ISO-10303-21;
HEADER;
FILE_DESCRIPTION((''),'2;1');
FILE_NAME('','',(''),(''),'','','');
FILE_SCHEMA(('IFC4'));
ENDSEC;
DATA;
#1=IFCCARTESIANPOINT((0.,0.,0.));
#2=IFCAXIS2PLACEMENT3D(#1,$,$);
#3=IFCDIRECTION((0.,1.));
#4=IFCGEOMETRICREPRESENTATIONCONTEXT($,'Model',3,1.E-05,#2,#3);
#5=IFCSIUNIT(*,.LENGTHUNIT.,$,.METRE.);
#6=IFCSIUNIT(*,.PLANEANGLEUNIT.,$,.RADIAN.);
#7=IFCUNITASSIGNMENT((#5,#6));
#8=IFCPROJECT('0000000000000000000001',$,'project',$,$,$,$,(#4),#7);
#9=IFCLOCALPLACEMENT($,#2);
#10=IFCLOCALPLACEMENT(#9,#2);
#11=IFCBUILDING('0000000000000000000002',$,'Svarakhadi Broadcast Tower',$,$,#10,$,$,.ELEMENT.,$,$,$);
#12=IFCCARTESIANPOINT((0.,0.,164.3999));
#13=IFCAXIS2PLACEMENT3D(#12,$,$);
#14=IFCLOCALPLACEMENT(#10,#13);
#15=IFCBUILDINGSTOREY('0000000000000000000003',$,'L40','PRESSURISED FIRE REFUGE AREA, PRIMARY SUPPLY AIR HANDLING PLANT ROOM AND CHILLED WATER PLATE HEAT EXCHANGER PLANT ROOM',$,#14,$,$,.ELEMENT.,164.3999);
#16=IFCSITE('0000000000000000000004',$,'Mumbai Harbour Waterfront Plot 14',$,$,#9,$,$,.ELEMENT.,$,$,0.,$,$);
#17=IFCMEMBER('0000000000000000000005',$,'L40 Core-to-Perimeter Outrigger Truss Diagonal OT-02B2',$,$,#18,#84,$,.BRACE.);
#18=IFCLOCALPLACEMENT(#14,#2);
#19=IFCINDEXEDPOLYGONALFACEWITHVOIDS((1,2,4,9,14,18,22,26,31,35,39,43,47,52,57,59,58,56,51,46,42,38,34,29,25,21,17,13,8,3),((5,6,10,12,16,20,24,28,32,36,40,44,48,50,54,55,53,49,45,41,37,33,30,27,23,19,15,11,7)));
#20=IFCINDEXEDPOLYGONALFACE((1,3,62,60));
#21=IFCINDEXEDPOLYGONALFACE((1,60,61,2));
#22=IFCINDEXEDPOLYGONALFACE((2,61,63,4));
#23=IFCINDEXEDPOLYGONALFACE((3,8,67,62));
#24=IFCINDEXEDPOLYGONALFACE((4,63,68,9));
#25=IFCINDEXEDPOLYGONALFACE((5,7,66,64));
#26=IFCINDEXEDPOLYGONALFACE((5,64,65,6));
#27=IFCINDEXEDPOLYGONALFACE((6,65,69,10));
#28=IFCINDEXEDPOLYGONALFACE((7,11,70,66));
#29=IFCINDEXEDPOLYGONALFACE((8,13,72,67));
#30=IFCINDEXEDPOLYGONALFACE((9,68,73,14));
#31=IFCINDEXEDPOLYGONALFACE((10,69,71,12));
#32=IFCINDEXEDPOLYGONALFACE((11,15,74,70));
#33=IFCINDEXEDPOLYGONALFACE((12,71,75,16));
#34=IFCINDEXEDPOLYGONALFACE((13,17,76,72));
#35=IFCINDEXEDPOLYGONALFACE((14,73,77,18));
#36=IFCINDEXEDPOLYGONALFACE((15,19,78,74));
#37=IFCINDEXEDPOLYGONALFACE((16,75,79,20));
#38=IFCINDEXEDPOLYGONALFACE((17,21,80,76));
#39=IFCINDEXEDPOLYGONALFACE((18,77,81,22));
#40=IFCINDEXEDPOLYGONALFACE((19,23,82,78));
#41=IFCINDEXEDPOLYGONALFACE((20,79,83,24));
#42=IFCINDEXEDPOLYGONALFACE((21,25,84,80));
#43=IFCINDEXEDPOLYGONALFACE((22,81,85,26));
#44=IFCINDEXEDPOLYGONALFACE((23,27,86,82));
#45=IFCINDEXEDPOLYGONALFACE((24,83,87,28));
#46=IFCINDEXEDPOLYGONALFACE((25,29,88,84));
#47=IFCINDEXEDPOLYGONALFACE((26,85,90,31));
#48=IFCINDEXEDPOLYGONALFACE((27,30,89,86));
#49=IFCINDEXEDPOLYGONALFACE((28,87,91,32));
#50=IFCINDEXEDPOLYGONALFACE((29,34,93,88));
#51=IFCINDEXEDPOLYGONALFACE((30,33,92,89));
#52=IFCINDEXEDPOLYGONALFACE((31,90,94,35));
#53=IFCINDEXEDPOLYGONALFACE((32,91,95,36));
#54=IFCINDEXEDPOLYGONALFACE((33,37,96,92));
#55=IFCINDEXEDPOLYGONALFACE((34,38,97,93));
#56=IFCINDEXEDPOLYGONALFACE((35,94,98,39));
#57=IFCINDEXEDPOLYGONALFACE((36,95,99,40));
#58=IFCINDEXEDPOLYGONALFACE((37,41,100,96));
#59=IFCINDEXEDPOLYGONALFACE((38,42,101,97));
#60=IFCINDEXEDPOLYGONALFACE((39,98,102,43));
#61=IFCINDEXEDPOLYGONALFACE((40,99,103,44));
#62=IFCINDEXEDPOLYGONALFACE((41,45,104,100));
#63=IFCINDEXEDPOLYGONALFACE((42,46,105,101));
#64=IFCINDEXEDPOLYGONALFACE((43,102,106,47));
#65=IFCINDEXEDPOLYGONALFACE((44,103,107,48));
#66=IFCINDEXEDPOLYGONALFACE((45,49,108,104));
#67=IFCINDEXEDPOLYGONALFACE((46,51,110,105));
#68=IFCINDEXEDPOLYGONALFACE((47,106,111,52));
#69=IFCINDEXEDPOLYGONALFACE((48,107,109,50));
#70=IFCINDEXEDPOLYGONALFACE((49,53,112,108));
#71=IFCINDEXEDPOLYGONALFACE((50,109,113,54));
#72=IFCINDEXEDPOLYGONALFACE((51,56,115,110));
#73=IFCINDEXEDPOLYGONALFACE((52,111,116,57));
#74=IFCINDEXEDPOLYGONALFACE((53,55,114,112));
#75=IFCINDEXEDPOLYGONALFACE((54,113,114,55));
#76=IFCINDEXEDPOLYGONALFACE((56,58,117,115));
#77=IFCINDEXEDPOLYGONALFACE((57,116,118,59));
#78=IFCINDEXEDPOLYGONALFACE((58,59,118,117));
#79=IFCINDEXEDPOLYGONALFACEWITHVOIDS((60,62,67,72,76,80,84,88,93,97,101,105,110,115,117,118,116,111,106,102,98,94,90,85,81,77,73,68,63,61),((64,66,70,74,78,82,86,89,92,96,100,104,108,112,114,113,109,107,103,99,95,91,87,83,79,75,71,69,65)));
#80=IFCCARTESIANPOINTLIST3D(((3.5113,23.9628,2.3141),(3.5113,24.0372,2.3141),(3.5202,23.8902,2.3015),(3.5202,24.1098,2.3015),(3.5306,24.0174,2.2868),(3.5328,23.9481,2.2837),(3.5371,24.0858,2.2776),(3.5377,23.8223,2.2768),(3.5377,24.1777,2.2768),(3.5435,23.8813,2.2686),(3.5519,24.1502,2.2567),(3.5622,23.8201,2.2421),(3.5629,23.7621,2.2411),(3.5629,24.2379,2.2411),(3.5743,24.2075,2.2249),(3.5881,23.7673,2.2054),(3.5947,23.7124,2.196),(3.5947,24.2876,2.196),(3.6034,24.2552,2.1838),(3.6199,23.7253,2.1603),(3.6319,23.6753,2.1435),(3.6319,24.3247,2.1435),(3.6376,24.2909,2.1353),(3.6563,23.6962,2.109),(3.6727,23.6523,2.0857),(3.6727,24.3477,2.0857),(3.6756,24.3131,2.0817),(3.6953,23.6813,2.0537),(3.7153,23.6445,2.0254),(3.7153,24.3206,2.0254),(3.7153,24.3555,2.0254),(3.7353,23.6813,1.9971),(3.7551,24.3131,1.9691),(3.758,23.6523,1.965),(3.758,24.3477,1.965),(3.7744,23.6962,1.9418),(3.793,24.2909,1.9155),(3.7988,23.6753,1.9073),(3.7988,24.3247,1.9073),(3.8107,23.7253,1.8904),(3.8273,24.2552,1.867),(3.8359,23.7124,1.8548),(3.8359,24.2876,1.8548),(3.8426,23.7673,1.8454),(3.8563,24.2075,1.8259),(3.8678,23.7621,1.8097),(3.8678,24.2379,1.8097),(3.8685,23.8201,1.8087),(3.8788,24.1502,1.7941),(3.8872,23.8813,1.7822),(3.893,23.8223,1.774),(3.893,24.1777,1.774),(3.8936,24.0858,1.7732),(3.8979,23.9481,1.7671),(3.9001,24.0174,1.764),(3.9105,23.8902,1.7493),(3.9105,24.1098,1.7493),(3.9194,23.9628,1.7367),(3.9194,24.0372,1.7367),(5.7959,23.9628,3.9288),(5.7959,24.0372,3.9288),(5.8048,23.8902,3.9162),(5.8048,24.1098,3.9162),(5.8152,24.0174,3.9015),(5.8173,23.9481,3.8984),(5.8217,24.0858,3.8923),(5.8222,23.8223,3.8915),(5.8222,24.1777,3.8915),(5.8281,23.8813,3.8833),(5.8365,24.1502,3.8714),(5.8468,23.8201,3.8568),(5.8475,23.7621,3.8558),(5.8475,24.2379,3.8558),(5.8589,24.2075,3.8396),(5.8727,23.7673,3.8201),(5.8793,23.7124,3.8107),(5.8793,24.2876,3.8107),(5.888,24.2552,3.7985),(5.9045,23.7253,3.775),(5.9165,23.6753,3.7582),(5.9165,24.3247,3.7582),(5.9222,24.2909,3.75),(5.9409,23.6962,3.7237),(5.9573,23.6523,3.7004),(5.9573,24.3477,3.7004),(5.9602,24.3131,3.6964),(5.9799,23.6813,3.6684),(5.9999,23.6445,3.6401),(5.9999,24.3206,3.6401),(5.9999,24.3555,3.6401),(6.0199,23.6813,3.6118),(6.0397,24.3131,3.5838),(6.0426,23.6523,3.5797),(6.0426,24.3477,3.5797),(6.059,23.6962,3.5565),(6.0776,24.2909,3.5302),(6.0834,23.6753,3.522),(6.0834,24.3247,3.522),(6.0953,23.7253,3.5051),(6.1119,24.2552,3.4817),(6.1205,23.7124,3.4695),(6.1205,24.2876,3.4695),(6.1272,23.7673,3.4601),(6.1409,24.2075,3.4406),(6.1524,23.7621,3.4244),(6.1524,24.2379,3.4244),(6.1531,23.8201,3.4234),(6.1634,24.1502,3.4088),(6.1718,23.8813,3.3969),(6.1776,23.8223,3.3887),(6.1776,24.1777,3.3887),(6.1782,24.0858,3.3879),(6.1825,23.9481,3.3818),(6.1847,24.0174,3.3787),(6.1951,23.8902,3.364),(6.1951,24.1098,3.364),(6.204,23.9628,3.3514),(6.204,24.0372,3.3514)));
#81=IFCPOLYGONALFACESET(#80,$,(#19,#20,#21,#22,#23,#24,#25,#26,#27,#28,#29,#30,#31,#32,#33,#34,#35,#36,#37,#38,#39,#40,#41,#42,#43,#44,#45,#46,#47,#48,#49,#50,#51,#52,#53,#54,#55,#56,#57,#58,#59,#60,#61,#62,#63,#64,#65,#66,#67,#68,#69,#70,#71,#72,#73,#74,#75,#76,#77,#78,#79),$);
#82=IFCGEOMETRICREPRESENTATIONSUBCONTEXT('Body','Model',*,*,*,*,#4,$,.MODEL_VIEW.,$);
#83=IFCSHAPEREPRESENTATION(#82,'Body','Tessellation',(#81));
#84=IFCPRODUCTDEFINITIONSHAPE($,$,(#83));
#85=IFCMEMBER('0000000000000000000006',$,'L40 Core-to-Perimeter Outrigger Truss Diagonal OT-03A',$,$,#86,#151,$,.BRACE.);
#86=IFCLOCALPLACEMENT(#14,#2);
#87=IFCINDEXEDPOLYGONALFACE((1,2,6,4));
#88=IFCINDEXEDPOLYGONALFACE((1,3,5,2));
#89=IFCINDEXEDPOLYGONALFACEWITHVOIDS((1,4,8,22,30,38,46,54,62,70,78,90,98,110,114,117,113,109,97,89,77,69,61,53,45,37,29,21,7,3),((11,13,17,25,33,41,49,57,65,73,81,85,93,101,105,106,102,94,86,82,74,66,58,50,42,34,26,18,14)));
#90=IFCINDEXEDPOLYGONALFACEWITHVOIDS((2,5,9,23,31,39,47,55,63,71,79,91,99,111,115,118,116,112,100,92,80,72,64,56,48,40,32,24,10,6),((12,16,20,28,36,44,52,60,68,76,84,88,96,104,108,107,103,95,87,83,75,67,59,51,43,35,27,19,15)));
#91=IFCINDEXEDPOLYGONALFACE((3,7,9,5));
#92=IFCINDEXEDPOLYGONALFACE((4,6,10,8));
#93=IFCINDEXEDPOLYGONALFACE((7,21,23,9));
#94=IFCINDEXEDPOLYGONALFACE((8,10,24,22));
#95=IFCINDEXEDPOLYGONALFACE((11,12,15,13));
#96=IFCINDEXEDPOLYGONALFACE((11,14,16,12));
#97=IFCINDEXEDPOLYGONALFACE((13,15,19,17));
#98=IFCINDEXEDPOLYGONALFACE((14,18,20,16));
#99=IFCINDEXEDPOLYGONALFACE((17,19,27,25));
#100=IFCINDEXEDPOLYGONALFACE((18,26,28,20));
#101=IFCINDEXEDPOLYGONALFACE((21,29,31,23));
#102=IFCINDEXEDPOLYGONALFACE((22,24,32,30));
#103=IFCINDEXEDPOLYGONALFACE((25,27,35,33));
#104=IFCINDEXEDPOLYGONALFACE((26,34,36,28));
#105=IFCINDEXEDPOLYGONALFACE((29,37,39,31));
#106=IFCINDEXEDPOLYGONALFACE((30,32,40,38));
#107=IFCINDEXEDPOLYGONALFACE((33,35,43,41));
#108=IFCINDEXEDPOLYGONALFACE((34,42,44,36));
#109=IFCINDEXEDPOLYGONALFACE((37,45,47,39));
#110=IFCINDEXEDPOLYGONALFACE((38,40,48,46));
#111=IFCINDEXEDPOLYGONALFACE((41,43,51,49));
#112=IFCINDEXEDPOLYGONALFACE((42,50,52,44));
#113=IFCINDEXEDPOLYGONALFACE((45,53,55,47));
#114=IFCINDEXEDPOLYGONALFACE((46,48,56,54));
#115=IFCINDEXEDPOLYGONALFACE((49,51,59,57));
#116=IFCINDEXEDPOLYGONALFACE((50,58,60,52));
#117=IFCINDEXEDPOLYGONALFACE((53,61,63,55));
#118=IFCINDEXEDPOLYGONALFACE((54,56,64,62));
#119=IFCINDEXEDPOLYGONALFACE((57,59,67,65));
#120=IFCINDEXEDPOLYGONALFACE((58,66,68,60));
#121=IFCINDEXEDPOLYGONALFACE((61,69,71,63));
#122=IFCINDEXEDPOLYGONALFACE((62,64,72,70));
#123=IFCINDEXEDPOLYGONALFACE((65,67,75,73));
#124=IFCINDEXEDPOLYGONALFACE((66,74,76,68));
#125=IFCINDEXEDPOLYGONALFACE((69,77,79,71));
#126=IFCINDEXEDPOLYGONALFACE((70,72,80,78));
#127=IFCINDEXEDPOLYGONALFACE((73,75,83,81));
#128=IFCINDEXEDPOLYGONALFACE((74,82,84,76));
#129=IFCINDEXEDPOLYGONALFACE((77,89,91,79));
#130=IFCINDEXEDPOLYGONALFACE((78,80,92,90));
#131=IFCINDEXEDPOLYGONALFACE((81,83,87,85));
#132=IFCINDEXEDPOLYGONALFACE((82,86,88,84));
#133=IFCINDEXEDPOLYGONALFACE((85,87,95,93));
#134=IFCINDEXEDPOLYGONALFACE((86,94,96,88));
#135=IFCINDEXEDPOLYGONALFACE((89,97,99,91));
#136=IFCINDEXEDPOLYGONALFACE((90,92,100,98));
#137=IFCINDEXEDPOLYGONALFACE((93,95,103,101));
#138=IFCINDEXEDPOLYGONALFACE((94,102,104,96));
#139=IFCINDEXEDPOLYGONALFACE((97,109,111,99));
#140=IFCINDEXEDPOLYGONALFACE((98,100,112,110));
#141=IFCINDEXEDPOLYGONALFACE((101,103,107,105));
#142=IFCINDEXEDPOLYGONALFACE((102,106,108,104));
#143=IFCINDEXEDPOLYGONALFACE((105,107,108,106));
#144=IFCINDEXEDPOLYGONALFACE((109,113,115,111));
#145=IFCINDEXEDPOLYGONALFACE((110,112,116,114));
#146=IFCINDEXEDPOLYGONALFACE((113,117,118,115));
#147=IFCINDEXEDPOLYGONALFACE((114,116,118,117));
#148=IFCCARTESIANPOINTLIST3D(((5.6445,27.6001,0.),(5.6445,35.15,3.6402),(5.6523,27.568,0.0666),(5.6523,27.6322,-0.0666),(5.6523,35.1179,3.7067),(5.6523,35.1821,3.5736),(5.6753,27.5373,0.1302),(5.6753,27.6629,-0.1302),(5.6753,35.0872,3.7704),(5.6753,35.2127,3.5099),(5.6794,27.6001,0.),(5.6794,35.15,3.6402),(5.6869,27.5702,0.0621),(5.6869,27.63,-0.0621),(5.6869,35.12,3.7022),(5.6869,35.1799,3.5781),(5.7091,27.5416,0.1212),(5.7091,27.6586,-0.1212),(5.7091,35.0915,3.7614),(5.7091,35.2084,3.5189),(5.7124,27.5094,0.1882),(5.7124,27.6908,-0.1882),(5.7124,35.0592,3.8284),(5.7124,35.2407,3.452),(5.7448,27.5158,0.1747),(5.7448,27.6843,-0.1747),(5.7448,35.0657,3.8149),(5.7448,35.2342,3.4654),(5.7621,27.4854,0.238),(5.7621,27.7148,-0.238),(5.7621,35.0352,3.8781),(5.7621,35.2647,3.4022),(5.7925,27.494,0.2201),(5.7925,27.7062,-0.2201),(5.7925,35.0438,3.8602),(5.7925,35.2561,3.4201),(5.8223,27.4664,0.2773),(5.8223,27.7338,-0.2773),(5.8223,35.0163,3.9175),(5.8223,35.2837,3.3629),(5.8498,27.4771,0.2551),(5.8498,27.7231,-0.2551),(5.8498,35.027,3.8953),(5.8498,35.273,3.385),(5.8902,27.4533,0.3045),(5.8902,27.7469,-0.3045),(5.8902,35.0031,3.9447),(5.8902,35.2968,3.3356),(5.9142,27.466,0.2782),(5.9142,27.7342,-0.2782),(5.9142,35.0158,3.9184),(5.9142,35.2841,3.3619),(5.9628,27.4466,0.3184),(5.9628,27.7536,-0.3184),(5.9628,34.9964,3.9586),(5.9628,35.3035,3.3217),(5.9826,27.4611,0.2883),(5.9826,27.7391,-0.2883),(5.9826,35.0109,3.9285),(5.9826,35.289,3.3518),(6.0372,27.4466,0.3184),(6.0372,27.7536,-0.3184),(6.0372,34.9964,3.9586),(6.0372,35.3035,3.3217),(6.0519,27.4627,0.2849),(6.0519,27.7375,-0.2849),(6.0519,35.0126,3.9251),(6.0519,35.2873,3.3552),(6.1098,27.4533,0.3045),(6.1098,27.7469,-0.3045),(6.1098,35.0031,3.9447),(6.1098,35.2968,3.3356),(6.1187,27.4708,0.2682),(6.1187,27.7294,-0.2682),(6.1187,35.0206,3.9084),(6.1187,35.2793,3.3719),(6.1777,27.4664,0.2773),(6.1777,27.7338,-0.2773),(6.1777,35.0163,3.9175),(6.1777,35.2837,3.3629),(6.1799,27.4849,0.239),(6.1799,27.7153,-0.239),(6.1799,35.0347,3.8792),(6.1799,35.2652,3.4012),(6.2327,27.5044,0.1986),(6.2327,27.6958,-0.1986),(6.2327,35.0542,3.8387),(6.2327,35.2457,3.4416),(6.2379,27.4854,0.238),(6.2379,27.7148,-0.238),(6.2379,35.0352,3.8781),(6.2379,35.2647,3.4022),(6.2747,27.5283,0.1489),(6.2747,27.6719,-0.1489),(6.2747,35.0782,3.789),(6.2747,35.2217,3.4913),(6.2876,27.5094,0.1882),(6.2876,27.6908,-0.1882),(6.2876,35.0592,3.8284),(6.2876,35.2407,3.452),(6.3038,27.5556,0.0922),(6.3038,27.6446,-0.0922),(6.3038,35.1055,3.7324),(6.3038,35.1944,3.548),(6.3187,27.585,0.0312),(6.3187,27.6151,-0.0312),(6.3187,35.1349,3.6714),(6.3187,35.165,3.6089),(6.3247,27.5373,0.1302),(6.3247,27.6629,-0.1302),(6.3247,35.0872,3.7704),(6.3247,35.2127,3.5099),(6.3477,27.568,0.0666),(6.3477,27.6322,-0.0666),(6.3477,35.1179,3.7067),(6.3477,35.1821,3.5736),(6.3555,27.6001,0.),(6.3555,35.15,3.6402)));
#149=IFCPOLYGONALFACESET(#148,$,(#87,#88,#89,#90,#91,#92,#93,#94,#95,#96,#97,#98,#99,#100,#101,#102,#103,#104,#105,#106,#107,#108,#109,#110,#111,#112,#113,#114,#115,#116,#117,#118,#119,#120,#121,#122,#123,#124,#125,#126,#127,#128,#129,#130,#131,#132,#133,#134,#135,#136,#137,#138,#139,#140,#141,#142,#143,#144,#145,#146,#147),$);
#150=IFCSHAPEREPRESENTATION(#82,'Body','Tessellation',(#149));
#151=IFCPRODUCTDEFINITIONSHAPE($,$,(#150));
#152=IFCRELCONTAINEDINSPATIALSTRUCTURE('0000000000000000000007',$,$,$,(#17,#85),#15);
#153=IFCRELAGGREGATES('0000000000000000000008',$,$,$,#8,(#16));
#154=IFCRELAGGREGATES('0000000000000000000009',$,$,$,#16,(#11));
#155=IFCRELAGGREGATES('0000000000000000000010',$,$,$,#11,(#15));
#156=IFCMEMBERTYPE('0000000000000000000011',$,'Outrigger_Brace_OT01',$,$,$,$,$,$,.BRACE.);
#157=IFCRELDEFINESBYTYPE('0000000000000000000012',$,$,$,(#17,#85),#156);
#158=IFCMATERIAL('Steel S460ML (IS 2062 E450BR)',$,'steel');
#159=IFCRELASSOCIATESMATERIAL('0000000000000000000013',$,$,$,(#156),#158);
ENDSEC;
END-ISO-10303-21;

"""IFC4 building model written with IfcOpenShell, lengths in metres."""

from ifc_helpers import new_model, si_unit, direction, frame, origin, origin_2d, place, context, subcontext, project, spatial, hollow_circle, extrude, material, material_profile, profile_set, type_object, element, save


model = new_model("IFC4")

# Units and contexts
model_context = context("Model", 3, precision=1e-05, world=origin(), true_north=direction((0.0, 1.0)))
body_context = subcontext(model_context, "Body", "Model", "MODEL_VIEW")
ifc_project = project(units=[si_unit("LENGTHUNIT", "METRE"), si_unit("PLANEANGLEUNIT", "RADIAN")], contexts=[model_context])

# Site, building, storey
site_placement = place(None, origin())
site = spatial("IfcSite", under=ifc_project, at=site_placement, Name="Mumbai Harbour Waterfront Plot 14", CompositionType="ELEMENT", RefElevation=0.0)
building_placement = place(site_placement, origin())
building = spatial("IfcBuilding", under=site, at=building_placement, Name="Svarakhadi Broadcast Tower", CompositionType="ELEMENT")
storey_placement = place(building_placement, frame((0.0, 0.0, 164.3999)))
storey = spatial("IfcBuildingStorey", under=building, at=storey_placement, Name="L40", Description="PRESSURISED FIRE REFUGE AREA, PRIMARY SUPPLY AIR HANDLING PLANT ROOM AND CHILLED WATER PLATE HEAT EXCHANGER PLANT ROOM", CompositionType="ELEMENT", Elevation=164.3999)

# Shared definitions
ifc_material_1 = material(Name="Steel S460ML (IS 2062 E450BR)", Category="steel")

# Members
ifc_material_profile_1 = material_profile(ifc_material_1, hollow_circle(Radius=0.3555, WallThickness=0.0349, at=origin_2d()), Name="CHS 711x35")
ifc_profile_set_1 = profile_set([ifc_material_profile_1], Name="Steel S460ML (IS 2062 E450BR)")
member_type_1 = type_object("IfcMemberType", Name="Outrigger_Brace_OT01", PredefinedType="BRACE", material=ifc_profile_set_1)
member_1_placement = place(storey_placement, frame((3.7153, 24.0, 2.0254), z_axis=(0.816624, 0.0, 0.57717), x_axis=(0.0, 1.0, 0.0)))
element("IfcMember", 1, at=member_1_placement, inside=storey, type_object=member_type_1, Name="L40 Core-to-Perimeter Outrigger Truss Diagonal OT-02B2", PredefinedType="BRACE", context=body_context, shape_type="SweptSolid", body=[
    extrude(hollow_circle(Radius=0.3555, WallThickness=0.0349, at=origin_2d()), origin(), (0.0, 0.0, 1.0), 2.7976),
])
member_2_placement = place(storey_placement, frame((6.0, 27.6001, 0.0), z_axis=(0.0, 0.900766, 0.434304), x_axis=(-1.0, 0.0, 0.0)))
element("IfcMember", 2, at=member_2_placement, inside=storey, type_object=member_type_1, Name="L40 Core-to-Perimeter Outrigger Truss Diagonal OT-03A", PredefinedType="BRACE", context=body_context, shape_type="SweptSolid", body=[
    extrude(hollow_circle(Radius=0.3555, WallThickness=0.0349, at=origin_2d()), origin(), (0.0, 0.0, 1.0), 8.3816),
])

save(model, "model.ifc")
